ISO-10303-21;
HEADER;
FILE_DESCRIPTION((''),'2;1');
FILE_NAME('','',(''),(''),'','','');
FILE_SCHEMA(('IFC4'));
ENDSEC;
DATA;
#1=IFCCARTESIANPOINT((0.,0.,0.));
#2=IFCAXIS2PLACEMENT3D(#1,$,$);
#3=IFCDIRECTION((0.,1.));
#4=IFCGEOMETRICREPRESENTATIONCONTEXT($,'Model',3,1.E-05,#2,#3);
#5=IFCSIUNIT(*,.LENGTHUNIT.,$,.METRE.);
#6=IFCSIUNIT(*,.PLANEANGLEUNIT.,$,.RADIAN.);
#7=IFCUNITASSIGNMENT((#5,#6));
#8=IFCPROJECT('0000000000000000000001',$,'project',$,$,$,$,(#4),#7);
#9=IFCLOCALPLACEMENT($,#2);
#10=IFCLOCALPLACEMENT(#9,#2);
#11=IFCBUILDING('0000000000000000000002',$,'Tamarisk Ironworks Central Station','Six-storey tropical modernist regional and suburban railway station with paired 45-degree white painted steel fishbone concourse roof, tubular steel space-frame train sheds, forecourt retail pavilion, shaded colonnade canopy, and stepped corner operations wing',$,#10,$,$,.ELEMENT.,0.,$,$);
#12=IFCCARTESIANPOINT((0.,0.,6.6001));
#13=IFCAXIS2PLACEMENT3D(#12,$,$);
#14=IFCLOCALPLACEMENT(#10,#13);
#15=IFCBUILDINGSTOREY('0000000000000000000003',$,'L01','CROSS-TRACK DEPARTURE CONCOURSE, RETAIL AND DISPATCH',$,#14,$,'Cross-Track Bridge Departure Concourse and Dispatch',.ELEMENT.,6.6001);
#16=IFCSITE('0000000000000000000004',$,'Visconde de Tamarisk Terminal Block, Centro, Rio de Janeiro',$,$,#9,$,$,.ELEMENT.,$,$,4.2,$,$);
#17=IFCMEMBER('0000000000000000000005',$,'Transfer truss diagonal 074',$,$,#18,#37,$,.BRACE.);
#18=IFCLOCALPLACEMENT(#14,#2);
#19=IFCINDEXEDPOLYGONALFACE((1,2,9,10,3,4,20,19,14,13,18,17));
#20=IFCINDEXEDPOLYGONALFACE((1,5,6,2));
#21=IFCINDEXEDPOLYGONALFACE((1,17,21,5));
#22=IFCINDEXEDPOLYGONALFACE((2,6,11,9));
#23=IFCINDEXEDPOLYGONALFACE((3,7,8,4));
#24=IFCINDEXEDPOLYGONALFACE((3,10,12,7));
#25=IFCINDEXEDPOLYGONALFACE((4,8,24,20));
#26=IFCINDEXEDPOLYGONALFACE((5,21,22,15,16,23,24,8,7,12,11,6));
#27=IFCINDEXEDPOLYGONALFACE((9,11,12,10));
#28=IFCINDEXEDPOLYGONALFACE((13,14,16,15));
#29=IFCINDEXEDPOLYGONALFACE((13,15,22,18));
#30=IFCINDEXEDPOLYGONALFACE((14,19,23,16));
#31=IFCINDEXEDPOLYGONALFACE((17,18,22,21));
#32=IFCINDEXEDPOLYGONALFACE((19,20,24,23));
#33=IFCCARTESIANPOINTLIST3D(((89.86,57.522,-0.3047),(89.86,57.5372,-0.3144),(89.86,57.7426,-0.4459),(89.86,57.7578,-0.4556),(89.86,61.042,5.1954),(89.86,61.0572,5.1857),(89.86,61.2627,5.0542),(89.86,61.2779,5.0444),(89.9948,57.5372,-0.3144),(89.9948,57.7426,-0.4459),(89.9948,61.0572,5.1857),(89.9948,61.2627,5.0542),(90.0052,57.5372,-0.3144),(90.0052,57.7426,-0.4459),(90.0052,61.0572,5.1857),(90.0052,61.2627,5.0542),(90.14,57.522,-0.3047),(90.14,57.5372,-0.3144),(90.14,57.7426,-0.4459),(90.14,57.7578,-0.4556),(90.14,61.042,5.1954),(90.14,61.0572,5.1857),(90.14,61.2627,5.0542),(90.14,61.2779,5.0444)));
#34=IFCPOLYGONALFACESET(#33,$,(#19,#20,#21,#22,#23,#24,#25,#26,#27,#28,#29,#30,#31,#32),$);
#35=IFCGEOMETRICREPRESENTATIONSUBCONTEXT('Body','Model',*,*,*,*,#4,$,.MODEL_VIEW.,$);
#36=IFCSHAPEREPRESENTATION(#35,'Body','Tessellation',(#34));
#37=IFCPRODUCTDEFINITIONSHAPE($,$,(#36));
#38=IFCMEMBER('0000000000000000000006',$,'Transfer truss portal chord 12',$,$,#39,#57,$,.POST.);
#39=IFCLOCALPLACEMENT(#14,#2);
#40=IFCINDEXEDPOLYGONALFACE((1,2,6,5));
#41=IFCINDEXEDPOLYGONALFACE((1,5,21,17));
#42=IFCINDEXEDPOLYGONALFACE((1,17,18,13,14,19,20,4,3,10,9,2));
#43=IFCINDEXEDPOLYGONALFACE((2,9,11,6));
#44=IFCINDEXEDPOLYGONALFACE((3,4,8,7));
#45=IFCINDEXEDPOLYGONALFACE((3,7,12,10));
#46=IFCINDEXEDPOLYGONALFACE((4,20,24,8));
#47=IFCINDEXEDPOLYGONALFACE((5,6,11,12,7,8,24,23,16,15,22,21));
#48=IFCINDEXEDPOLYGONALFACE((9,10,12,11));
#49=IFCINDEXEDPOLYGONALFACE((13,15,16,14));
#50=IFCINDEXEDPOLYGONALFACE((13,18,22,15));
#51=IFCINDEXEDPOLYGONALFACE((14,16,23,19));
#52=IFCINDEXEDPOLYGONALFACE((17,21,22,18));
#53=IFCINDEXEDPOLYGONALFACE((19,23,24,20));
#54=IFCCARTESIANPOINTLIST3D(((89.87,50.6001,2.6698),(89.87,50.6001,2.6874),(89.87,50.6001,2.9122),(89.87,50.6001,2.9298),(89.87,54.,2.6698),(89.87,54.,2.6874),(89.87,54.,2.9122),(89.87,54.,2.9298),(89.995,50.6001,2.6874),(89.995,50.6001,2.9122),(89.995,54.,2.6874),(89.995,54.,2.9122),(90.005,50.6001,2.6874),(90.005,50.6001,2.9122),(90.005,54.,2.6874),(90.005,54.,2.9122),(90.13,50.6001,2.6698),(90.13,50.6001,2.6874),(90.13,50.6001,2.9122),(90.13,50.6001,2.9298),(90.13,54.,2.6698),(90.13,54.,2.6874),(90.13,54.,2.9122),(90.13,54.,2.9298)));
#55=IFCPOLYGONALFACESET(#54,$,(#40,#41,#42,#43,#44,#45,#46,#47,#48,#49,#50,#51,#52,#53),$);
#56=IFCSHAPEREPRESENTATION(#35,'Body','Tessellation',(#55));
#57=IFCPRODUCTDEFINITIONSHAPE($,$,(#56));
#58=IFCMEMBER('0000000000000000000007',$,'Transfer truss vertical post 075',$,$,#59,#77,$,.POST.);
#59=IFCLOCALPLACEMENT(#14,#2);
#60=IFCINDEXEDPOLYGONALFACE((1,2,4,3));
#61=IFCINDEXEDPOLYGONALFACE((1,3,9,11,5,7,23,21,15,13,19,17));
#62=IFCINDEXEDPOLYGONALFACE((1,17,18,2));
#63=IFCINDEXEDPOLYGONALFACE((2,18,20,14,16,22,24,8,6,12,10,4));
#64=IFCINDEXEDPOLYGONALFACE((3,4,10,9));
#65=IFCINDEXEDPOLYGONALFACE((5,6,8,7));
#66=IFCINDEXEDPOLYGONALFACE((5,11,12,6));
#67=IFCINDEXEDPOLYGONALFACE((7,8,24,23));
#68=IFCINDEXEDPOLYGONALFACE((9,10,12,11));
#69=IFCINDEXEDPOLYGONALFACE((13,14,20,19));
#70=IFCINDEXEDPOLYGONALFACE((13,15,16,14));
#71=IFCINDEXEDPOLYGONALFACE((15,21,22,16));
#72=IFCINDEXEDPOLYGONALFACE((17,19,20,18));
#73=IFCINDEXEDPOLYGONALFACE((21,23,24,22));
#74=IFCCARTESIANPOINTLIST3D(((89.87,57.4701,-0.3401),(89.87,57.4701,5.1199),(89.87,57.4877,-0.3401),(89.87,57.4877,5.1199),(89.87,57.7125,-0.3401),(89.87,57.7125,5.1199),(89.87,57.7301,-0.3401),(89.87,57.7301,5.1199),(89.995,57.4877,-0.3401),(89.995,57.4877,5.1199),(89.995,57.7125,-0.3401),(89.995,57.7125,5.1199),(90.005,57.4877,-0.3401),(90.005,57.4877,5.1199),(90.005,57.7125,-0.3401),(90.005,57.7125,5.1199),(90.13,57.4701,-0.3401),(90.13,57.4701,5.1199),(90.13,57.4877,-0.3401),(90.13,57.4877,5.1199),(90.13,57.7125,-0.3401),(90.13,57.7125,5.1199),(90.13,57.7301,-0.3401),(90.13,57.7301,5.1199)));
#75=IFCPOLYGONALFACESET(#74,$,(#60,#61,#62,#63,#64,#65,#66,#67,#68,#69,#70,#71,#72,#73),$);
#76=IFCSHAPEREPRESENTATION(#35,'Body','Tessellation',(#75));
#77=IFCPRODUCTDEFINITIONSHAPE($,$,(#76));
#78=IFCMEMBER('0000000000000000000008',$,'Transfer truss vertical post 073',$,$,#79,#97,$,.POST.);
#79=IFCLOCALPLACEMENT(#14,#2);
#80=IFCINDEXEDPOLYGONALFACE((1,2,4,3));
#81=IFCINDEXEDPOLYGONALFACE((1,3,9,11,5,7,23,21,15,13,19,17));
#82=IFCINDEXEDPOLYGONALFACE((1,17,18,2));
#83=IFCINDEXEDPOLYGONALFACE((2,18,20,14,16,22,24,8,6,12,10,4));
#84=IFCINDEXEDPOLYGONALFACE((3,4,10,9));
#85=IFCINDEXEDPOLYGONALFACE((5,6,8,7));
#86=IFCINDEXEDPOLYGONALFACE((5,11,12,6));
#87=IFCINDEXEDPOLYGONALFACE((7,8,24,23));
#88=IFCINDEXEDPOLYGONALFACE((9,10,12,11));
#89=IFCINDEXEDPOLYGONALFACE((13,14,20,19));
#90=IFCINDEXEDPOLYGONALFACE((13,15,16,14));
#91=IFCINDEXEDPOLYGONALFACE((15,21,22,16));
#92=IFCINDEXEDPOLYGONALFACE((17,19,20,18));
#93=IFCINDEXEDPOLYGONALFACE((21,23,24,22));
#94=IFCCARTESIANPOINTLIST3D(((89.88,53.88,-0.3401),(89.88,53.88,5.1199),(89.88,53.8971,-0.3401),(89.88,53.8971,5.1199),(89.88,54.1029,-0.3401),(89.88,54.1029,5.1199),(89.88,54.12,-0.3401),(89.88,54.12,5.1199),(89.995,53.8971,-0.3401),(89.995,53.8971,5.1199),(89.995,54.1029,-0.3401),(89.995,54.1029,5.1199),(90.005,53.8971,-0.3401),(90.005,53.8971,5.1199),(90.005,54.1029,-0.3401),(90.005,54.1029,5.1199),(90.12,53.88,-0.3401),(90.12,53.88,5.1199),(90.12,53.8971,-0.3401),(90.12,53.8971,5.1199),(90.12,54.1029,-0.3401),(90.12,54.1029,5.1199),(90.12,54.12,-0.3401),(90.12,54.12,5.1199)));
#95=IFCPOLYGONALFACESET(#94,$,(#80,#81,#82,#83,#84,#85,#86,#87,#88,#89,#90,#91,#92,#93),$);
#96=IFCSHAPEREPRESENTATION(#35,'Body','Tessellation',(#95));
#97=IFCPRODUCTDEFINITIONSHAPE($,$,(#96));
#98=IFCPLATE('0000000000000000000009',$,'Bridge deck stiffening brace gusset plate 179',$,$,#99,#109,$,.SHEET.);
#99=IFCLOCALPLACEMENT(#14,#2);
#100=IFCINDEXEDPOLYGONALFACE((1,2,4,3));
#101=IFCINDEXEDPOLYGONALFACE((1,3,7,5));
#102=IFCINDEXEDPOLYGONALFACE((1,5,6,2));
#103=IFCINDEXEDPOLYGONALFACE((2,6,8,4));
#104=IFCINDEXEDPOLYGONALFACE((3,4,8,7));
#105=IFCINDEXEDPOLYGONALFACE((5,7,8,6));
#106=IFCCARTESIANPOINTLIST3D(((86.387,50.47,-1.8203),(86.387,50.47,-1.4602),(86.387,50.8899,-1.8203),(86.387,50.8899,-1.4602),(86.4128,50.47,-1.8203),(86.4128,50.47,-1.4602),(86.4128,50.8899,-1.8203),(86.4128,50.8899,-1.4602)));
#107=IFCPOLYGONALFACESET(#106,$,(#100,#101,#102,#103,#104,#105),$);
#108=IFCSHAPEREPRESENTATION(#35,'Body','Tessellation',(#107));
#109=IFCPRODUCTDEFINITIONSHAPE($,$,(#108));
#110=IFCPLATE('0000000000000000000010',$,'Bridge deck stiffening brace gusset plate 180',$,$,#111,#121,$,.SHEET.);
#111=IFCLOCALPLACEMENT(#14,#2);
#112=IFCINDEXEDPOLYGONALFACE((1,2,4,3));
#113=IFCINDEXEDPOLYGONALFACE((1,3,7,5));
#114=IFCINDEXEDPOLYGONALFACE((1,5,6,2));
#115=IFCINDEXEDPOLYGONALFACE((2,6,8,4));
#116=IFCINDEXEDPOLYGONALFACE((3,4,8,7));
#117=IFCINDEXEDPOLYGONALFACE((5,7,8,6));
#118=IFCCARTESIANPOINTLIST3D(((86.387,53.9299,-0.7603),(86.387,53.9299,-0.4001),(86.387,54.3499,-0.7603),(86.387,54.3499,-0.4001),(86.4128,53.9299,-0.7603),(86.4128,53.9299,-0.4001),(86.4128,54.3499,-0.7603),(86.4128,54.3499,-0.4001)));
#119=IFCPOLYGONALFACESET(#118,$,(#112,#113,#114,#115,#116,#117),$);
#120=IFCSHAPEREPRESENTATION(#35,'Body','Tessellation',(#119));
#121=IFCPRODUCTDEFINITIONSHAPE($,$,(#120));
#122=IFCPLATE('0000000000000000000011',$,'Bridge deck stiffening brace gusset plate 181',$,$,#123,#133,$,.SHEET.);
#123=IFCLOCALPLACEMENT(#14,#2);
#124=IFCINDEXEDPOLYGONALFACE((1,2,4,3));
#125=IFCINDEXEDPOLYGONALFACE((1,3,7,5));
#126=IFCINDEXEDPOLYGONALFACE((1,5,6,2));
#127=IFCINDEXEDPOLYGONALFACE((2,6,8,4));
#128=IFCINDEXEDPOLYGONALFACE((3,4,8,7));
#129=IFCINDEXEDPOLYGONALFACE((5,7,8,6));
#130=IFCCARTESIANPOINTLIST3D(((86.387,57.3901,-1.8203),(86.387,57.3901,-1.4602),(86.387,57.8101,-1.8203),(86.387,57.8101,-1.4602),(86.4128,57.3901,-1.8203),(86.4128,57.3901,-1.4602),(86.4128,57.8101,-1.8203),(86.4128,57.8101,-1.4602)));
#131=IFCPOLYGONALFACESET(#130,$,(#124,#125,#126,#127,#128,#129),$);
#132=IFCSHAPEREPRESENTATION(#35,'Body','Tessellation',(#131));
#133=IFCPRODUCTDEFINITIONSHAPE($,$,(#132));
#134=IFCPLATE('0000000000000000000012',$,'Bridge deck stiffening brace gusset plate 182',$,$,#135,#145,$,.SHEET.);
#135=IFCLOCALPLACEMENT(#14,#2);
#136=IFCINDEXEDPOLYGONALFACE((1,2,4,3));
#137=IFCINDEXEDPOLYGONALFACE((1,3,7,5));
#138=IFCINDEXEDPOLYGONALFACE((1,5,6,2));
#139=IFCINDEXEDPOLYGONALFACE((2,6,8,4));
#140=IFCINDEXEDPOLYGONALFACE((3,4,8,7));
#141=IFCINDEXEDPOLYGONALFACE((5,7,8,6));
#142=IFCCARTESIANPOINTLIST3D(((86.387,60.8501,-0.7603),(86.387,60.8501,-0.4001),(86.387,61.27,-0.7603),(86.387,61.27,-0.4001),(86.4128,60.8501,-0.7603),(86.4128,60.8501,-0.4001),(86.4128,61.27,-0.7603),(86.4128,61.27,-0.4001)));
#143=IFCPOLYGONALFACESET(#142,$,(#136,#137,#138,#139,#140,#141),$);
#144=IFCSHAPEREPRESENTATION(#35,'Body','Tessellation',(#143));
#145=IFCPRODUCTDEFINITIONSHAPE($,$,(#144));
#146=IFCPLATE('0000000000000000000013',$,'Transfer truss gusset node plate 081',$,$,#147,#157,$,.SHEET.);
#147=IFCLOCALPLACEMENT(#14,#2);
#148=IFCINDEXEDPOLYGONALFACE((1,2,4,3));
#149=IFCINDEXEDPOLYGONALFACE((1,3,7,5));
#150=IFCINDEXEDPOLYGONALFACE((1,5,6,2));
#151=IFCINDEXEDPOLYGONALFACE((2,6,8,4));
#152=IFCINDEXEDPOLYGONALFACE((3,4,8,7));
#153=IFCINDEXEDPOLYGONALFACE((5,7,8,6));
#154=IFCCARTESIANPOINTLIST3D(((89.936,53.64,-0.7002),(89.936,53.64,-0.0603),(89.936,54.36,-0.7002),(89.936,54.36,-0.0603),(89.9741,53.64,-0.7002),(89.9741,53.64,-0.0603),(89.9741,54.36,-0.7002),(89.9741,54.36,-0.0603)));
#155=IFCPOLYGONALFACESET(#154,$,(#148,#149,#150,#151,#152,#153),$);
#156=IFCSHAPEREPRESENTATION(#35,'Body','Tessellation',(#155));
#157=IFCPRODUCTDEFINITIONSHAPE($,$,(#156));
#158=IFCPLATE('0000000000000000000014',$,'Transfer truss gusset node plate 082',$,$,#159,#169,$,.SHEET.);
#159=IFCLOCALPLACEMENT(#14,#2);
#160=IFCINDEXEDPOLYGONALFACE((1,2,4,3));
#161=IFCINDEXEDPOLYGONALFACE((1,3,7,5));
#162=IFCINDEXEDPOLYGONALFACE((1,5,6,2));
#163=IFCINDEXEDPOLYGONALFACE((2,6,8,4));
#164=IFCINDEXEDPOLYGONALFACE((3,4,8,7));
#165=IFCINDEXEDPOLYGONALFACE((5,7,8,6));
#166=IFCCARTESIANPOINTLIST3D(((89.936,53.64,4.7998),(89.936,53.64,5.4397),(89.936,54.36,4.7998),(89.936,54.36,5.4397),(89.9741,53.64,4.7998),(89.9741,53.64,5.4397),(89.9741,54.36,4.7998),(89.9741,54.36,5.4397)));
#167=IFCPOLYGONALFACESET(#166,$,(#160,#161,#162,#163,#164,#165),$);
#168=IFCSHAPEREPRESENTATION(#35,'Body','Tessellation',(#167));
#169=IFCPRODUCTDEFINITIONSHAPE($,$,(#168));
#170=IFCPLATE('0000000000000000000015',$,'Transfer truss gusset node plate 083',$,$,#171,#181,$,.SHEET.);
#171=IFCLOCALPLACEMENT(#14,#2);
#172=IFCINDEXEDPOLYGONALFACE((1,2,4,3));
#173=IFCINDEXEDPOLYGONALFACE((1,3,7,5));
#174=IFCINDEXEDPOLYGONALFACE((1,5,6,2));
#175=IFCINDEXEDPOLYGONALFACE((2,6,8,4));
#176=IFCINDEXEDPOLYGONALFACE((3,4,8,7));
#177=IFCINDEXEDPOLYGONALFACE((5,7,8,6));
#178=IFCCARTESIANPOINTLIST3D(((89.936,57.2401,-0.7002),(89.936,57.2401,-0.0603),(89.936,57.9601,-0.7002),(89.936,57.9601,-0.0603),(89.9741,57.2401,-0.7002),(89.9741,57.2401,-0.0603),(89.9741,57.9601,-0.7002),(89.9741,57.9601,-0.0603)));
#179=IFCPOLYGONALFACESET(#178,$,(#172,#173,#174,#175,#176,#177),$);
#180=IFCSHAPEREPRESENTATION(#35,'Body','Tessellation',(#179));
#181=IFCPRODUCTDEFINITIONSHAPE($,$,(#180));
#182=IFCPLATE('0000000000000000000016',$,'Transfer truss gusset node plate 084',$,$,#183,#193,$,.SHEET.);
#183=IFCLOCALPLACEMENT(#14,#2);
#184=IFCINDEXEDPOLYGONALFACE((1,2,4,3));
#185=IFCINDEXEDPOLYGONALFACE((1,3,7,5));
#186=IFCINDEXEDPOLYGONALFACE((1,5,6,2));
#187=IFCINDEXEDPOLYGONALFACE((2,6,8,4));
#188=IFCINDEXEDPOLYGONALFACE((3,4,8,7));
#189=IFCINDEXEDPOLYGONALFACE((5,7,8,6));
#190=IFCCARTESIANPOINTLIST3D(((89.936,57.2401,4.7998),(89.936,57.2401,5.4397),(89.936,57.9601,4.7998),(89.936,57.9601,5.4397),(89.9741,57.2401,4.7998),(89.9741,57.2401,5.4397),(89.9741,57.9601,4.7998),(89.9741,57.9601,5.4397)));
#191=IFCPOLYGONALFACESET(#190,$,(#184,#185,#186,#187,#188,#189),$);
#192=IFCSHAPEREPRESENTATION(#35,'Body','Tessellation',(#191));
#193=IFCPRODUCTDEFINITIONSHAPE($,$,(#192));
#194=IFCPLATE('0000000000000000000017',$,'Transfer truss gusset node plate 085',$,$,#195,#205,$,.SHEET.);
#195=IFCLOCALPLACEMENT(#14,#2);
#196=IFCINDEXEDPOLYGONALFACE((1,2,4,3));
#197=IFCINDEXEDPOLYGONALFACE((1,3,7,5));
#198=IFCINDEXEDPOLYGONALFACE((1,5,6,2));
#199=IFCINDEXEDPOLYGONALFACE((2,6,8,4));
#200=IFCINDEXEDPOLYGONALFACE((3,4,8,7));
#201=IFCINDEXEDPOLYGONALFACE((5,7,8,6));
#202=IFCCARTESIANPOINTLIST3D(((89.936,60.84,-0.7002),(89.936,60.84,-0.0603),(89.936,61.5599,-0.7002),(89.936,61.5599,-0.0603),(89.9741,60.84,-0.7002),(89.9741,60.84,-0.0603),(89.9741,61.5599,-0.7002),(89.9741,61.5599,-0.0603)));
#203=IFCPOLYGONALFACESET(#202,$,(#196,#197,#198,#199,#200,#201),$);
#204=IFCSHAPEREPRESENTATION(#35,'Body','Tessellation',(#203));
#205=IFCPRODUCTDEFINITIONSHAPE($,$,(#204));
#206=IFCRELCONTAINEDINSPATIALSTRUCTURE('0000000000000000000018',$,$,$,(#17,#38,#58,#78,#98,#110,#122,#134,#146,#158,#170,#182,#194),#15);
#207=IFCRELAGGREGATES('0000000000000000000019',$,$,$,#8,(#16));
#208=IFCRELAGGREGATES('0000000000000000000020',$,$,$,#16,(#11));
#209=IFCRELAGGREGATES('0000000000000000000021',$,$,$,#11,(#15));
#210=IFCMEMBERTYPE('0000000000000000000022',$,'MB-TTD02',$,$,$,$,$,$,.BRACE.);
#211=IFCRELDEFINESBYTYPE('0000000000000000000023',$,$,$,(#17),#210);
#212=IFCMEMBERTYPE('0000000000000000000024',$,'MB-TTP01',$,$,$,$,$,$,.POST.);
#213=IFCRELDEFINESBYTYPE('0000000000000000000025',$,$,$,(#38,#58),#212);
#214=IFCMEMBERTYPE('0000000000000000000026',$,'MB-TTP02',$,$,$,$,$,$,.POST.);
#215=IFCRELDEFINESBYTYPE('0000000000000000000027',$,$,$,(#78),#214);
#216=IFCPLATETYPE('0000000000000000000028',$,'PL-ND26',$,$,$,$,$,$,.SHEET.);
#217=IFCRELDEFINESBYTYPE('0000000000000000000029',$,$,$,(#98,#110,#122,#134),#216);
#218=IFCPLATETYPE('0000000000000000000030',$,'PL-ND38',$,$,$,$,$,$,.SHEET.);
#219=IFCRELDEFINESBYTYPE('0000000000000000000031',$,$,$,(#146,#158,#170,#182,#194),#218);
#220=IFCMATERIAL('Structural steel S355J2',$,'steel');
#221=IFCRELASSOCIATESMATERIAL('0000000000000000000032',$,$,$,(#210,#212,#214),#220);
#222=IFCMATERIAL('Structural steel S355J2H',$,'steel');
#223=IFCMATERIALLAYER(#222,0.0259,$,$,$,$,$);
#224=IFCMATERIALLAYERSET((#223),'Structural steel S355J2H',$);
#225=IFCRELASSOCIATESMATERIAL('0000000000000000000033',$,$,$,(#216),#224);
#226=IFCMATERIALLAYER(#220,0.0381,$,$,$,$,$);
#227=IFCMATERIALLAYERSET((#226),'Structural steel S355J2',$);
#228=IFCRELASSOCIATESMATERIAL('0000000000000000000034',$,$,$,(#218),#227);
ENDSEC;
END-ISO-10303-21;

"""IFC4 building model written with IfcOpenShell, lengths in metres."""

from ifc_helpers import new_model, si_unit, direction, frame, origin, origin_2d, place, context, subcontext, project, spatial, rectangle, i_section, extrude, material, layer, layer_set, material_profile, profile_set, type_object, element, save


model = new_model("IFC4")

# Units and contexts
model_context = context("Model", 3, precision=1e-05, world=origin(), true_north=direction((0.0, 1.0)))
body_context = subcontext(model_context, "Body", "Model", "MODEL_VIEW")
ifc_project = project(units=[si_unit("LENGTHUNIT", "METRE"), si_unit("PLANEANGLEUNIT", "RADIAN")], contexts=[model_context])

# Site, building, storey
site_placement = place(None, origin())
site = spatial("IfcSite", under=ifc_project, at=site_placement, Name="Visconde de Tamarisk Terminal Block, Centro, Rio de Janeiro", CompositionType="ELEMENT", RefElevation=4.2)
building_placement = place(site_placement, origin())
building = spatial("IfcBuilding", under=site, at=building_placement, Name="Tamarisk Ironworks Central Station", Description="Six-storey tropical modernist regional and suburban railway station with paired 45-degree white painted steel fishbone concourse roof, tubular steel space-frame train sheds, forecourt retail pavilion, shaded colonnade canopy, and stepped corner operations wing", CompositionType="ELEMENT", ElevationOfRefHeight=0.0)
storey_placement = place(building_placement, frame((0.0, 0.0, 6.6001)))
storey = spatial("IfcBuildingStorey", under=building, at=storey_placement, Name="L01", Description="CROSS-TRACK DEPARTURE CONCOURSE, RETAIL AND DISPATCH", LongName="Cross-Track Bridge Departure Concourse and Dispatch", CompositionType="ELEMENT", Elevation=6.6001)

# Shared definitions
ifc_material_1 = material(Name="Structural steel S355J2", Category="steel")

# Members
ifc_material_2 = material(Name="Structural steel S355J2H", Category="steel")
ifc_material_profile_1 = material_profile(ifc_material_1, i_section(OverallWidth=0.28, OverallDepth=0.28, WebThickness=0.0105, FlangeThickness=0.0181, at=origin_2d()), Name="HEB 280")
ifc_profile_set_1 = profile_set([ifc_material_profile_1], Name="Structural steel S355J2")
member_type_1 = type_object("IfcMemberType", Name="MB-TTD02", PredefinedType="BRACE", material=ifc_profile_set_1)
for number, where, z_axis, x_axis, name in (
    (1, (90.0, 57.6399, -0.3801), (0.0, 0.539056, 0.84227), (-1.0, 0.0, 0.0), "Transfer truss diagonal 074"),
):
    element("IfcMember", number, at=place(storey_placement, frame(where, z_axis=z_axis, x_axis=x_axis)), inside=storey, type_object=member_type_1, Name=name, PredefinedType="BRACE", context=body_context, shape_type="SweptSolid", body=[
        extrude(i_section(OverallWidth=0.28, OverallDepth=0.28, WebThickness=0.0105, FlangeThickness=0.0181, at=origin_2d()), origin(), (0.0, 0.0, 1.0), 6.53),
    ])
ifc_material_profile_2 = material_profile(ifc_material_1, i_section(OverallWidth=0.26, OverallDepth=0.26, WebThickness=0.01, FlangeThickness=0.0176, at=origin_2d()), Name="HEB 260")
ifc_profile_set_2 = profile_set([ifc_material_profile_2], Name="Structural steel S355J2")
member_type_2 = type_object("IfcMemberType", Name="MB-TTP01", PredefinedType="POST", material=ifc_profile_set_2)
member_1_placement = place(storey_placement, frame((90.0, 50.6001, 2.7998), z_axis=(0.0, 1.0, 0.0), x_axis=(-1.0, 0.0, 0.0)))
element("IfcMember", 2, at=member_1_placement, inside=storey, type_object=member_type_2, Name="Transfer truss portal chord 12", PredefinedType="POST", context=body_context, shape_type="SweptSolid", body=[
    extrude(i_section(OverallWidth=0.26, OverallDepth=0.26, WebThickness=0.01, FlangeThickness=0.0176, at=origin_2d()), origin(), (0.0, 0.0, 1.0), 3.3999),
])
member_2_placement = place(storey_placement, frame((90.0, 57.6001, -0.3401), z_axis=(0.0, 0.0, 1.0), x_axis=(1.0, 0.0, 0.0)))
element("IfcMember", 3, at=member_2_placement, inside=storey, type_object=member_type_2, Name="Transfer truss vertical post 075", PredefinedType="POST", context=body_context, shape_type="SweptSolid", body=[
    extrude(i_section(OverallWidth=0.26, OverallDepth=0.26, WebThickness=0.01, FlangeThickness=0.0176, at=origin_2d()), origin(), (0.0, 0.0, 1.0), 5.46),
])
ifc_material_profile_3 = material_profile(ifc_material_1, i_section(OverallWidth=0.24, OverallDepth=0.24, WebThickness=0.01, FlangeThickness=0.0171, at=origin_2d()), Name="HEB 240")
ifc_profile_set_3 = profile_set([ifc_material_profile_3], Name="Structural steel S355J2")
member_type_3 = type_object("IfcMemberType", Name="MB-TTP02", PredefinedType="POST", material=ifc_profile_set_3)
member_3_placement = place(storey_placement, frame((90.0, 54.0, -0.3401), z_axis=(0.0, 0.0, 1.0), x_axis=(1.0, 0.0, 0.0)))
element("IfcMember", 4, at=member_3_placement, inside=storey, type_object=member_type_3, Name="Transfer truss vertical post 073", PredefinedType="POST", context=body_context, shape_type="SweptSolid", body=[
    extrude(i_section(OverallWidth=0.24, OverallDepth=0.24, WebThickness=0.01, FlangeThickness=0.0171, at=origin_2d()), origin(), (0.0, 0.0, 1.0), 5.46),
])

# Plates
ifc_layer_1 = layer(ifc_material_2, 0.0259)
ifc_layer_set_1 = layer_set([ifc_layer_1], Name="Structural steel S355J2H")
plate_type_1 = type_object("IfcPlateType", Name="PL-ND26", PredefinedType="SHEET", material=ifc_layer_set_1)
for number, where, z_axis, x_axis, name in (
    (5, (86.3999, 50.6799, -1.8203), (0.0, 0.0, 1.0), (1.0, 0.0, 0.0), "Bridge deck stiffening brace gusset plate 179"),
    (6, (86.3999, 54.1399, -0.7603), (0.0, 0.0, 1.0), (1.0, 0.0, 0.0), "Bridge deck stiffening brace gusset plate 180"),
    (7, (86.3999, 57.6001, -1.8203), (0.0, 0.0, 1.0), (1.0, 0.0, 0.0), "Bridge deck stiffening brace gusset plate 181"),
    (8, (86.3999, 61.0601, -0.7603), (0.0, 0.0, 1.0), (1.0, 0.0, 0.0), "Bridge deck stiffening brace gusset plate 182"),
):
    element("IfcPlate", number, at=place(storey_placement, frame(where, z_axis=z_axis, x_axis=x_axis)), inside=storey, type_object=plate_type_1, Name=name, PredefinedType="SHEET", context=body_context, shape_type="SweptSolid", body=[
        extrude(rectangle(XDim=0.0259, YDim=0.4199, at=origin_2d()), origin(), (0.0, 0.0, 1.0), 0.3601),
    ])
ifc_layer_2 = layer(ifc_material_1, 0.0381)
ifc_layer_set_2 = layer_set([ifc_layer_2], Name="Structural steel S355J2")
plate_type_2 = type_object("IfcPlateType", Name="PL-ND38", PredefinedType="SHEET", material=ifc_layer_set_2)
for number, where, z_axis, x_axis, name in (
    (9, (89.9551, 54.0, -0.7002), (0.0, 0.0, 1.0), (1.0, 0.0, 0.0), "Transfer truss gusset node plate 081"),
    (10, (89.9551, 54.0, 4.7998), (0.0, 0.0, 1.0), (1.0, 0.0, 0.0), "Transfer truss gusset node plate 082"),
    (11, (89.9551, 57.6001, -0.7002), (0.0, 0.0, 1.0), (1.0, 0.0, 0.0), "Transfer truss gusset node plate 083"),
    (12, (89.9551, 57.6001, 4.7998), (0.0, 0.0, 1.0), (1.0, 0.0, 0.0), "Transfer truss gusset node plate 084"),
    (13, (89.9551, 61.2, -0.7002), (0.0, 0.0, 1.0), (1.0, 0.0, 0.0), "Transfer truss gusset node plate 085"),
):
    element("IfcPlate", number, at=place(storey_placement, frame(where, z_axis=z_axis, x_axis=x_axis)), inside=storey, type_object=plate_type_2, Name=name, PredefinedType="SHEET", context=body_context, shape_type="SweptSolid", body=[
        extrude(rectangle(XDim=0.0381, YDim=0.72, at=origin_2d()), origin(), (0.0, 0.0, 1.0), 0.6399),
    ])

save(model, "model.ifc")
